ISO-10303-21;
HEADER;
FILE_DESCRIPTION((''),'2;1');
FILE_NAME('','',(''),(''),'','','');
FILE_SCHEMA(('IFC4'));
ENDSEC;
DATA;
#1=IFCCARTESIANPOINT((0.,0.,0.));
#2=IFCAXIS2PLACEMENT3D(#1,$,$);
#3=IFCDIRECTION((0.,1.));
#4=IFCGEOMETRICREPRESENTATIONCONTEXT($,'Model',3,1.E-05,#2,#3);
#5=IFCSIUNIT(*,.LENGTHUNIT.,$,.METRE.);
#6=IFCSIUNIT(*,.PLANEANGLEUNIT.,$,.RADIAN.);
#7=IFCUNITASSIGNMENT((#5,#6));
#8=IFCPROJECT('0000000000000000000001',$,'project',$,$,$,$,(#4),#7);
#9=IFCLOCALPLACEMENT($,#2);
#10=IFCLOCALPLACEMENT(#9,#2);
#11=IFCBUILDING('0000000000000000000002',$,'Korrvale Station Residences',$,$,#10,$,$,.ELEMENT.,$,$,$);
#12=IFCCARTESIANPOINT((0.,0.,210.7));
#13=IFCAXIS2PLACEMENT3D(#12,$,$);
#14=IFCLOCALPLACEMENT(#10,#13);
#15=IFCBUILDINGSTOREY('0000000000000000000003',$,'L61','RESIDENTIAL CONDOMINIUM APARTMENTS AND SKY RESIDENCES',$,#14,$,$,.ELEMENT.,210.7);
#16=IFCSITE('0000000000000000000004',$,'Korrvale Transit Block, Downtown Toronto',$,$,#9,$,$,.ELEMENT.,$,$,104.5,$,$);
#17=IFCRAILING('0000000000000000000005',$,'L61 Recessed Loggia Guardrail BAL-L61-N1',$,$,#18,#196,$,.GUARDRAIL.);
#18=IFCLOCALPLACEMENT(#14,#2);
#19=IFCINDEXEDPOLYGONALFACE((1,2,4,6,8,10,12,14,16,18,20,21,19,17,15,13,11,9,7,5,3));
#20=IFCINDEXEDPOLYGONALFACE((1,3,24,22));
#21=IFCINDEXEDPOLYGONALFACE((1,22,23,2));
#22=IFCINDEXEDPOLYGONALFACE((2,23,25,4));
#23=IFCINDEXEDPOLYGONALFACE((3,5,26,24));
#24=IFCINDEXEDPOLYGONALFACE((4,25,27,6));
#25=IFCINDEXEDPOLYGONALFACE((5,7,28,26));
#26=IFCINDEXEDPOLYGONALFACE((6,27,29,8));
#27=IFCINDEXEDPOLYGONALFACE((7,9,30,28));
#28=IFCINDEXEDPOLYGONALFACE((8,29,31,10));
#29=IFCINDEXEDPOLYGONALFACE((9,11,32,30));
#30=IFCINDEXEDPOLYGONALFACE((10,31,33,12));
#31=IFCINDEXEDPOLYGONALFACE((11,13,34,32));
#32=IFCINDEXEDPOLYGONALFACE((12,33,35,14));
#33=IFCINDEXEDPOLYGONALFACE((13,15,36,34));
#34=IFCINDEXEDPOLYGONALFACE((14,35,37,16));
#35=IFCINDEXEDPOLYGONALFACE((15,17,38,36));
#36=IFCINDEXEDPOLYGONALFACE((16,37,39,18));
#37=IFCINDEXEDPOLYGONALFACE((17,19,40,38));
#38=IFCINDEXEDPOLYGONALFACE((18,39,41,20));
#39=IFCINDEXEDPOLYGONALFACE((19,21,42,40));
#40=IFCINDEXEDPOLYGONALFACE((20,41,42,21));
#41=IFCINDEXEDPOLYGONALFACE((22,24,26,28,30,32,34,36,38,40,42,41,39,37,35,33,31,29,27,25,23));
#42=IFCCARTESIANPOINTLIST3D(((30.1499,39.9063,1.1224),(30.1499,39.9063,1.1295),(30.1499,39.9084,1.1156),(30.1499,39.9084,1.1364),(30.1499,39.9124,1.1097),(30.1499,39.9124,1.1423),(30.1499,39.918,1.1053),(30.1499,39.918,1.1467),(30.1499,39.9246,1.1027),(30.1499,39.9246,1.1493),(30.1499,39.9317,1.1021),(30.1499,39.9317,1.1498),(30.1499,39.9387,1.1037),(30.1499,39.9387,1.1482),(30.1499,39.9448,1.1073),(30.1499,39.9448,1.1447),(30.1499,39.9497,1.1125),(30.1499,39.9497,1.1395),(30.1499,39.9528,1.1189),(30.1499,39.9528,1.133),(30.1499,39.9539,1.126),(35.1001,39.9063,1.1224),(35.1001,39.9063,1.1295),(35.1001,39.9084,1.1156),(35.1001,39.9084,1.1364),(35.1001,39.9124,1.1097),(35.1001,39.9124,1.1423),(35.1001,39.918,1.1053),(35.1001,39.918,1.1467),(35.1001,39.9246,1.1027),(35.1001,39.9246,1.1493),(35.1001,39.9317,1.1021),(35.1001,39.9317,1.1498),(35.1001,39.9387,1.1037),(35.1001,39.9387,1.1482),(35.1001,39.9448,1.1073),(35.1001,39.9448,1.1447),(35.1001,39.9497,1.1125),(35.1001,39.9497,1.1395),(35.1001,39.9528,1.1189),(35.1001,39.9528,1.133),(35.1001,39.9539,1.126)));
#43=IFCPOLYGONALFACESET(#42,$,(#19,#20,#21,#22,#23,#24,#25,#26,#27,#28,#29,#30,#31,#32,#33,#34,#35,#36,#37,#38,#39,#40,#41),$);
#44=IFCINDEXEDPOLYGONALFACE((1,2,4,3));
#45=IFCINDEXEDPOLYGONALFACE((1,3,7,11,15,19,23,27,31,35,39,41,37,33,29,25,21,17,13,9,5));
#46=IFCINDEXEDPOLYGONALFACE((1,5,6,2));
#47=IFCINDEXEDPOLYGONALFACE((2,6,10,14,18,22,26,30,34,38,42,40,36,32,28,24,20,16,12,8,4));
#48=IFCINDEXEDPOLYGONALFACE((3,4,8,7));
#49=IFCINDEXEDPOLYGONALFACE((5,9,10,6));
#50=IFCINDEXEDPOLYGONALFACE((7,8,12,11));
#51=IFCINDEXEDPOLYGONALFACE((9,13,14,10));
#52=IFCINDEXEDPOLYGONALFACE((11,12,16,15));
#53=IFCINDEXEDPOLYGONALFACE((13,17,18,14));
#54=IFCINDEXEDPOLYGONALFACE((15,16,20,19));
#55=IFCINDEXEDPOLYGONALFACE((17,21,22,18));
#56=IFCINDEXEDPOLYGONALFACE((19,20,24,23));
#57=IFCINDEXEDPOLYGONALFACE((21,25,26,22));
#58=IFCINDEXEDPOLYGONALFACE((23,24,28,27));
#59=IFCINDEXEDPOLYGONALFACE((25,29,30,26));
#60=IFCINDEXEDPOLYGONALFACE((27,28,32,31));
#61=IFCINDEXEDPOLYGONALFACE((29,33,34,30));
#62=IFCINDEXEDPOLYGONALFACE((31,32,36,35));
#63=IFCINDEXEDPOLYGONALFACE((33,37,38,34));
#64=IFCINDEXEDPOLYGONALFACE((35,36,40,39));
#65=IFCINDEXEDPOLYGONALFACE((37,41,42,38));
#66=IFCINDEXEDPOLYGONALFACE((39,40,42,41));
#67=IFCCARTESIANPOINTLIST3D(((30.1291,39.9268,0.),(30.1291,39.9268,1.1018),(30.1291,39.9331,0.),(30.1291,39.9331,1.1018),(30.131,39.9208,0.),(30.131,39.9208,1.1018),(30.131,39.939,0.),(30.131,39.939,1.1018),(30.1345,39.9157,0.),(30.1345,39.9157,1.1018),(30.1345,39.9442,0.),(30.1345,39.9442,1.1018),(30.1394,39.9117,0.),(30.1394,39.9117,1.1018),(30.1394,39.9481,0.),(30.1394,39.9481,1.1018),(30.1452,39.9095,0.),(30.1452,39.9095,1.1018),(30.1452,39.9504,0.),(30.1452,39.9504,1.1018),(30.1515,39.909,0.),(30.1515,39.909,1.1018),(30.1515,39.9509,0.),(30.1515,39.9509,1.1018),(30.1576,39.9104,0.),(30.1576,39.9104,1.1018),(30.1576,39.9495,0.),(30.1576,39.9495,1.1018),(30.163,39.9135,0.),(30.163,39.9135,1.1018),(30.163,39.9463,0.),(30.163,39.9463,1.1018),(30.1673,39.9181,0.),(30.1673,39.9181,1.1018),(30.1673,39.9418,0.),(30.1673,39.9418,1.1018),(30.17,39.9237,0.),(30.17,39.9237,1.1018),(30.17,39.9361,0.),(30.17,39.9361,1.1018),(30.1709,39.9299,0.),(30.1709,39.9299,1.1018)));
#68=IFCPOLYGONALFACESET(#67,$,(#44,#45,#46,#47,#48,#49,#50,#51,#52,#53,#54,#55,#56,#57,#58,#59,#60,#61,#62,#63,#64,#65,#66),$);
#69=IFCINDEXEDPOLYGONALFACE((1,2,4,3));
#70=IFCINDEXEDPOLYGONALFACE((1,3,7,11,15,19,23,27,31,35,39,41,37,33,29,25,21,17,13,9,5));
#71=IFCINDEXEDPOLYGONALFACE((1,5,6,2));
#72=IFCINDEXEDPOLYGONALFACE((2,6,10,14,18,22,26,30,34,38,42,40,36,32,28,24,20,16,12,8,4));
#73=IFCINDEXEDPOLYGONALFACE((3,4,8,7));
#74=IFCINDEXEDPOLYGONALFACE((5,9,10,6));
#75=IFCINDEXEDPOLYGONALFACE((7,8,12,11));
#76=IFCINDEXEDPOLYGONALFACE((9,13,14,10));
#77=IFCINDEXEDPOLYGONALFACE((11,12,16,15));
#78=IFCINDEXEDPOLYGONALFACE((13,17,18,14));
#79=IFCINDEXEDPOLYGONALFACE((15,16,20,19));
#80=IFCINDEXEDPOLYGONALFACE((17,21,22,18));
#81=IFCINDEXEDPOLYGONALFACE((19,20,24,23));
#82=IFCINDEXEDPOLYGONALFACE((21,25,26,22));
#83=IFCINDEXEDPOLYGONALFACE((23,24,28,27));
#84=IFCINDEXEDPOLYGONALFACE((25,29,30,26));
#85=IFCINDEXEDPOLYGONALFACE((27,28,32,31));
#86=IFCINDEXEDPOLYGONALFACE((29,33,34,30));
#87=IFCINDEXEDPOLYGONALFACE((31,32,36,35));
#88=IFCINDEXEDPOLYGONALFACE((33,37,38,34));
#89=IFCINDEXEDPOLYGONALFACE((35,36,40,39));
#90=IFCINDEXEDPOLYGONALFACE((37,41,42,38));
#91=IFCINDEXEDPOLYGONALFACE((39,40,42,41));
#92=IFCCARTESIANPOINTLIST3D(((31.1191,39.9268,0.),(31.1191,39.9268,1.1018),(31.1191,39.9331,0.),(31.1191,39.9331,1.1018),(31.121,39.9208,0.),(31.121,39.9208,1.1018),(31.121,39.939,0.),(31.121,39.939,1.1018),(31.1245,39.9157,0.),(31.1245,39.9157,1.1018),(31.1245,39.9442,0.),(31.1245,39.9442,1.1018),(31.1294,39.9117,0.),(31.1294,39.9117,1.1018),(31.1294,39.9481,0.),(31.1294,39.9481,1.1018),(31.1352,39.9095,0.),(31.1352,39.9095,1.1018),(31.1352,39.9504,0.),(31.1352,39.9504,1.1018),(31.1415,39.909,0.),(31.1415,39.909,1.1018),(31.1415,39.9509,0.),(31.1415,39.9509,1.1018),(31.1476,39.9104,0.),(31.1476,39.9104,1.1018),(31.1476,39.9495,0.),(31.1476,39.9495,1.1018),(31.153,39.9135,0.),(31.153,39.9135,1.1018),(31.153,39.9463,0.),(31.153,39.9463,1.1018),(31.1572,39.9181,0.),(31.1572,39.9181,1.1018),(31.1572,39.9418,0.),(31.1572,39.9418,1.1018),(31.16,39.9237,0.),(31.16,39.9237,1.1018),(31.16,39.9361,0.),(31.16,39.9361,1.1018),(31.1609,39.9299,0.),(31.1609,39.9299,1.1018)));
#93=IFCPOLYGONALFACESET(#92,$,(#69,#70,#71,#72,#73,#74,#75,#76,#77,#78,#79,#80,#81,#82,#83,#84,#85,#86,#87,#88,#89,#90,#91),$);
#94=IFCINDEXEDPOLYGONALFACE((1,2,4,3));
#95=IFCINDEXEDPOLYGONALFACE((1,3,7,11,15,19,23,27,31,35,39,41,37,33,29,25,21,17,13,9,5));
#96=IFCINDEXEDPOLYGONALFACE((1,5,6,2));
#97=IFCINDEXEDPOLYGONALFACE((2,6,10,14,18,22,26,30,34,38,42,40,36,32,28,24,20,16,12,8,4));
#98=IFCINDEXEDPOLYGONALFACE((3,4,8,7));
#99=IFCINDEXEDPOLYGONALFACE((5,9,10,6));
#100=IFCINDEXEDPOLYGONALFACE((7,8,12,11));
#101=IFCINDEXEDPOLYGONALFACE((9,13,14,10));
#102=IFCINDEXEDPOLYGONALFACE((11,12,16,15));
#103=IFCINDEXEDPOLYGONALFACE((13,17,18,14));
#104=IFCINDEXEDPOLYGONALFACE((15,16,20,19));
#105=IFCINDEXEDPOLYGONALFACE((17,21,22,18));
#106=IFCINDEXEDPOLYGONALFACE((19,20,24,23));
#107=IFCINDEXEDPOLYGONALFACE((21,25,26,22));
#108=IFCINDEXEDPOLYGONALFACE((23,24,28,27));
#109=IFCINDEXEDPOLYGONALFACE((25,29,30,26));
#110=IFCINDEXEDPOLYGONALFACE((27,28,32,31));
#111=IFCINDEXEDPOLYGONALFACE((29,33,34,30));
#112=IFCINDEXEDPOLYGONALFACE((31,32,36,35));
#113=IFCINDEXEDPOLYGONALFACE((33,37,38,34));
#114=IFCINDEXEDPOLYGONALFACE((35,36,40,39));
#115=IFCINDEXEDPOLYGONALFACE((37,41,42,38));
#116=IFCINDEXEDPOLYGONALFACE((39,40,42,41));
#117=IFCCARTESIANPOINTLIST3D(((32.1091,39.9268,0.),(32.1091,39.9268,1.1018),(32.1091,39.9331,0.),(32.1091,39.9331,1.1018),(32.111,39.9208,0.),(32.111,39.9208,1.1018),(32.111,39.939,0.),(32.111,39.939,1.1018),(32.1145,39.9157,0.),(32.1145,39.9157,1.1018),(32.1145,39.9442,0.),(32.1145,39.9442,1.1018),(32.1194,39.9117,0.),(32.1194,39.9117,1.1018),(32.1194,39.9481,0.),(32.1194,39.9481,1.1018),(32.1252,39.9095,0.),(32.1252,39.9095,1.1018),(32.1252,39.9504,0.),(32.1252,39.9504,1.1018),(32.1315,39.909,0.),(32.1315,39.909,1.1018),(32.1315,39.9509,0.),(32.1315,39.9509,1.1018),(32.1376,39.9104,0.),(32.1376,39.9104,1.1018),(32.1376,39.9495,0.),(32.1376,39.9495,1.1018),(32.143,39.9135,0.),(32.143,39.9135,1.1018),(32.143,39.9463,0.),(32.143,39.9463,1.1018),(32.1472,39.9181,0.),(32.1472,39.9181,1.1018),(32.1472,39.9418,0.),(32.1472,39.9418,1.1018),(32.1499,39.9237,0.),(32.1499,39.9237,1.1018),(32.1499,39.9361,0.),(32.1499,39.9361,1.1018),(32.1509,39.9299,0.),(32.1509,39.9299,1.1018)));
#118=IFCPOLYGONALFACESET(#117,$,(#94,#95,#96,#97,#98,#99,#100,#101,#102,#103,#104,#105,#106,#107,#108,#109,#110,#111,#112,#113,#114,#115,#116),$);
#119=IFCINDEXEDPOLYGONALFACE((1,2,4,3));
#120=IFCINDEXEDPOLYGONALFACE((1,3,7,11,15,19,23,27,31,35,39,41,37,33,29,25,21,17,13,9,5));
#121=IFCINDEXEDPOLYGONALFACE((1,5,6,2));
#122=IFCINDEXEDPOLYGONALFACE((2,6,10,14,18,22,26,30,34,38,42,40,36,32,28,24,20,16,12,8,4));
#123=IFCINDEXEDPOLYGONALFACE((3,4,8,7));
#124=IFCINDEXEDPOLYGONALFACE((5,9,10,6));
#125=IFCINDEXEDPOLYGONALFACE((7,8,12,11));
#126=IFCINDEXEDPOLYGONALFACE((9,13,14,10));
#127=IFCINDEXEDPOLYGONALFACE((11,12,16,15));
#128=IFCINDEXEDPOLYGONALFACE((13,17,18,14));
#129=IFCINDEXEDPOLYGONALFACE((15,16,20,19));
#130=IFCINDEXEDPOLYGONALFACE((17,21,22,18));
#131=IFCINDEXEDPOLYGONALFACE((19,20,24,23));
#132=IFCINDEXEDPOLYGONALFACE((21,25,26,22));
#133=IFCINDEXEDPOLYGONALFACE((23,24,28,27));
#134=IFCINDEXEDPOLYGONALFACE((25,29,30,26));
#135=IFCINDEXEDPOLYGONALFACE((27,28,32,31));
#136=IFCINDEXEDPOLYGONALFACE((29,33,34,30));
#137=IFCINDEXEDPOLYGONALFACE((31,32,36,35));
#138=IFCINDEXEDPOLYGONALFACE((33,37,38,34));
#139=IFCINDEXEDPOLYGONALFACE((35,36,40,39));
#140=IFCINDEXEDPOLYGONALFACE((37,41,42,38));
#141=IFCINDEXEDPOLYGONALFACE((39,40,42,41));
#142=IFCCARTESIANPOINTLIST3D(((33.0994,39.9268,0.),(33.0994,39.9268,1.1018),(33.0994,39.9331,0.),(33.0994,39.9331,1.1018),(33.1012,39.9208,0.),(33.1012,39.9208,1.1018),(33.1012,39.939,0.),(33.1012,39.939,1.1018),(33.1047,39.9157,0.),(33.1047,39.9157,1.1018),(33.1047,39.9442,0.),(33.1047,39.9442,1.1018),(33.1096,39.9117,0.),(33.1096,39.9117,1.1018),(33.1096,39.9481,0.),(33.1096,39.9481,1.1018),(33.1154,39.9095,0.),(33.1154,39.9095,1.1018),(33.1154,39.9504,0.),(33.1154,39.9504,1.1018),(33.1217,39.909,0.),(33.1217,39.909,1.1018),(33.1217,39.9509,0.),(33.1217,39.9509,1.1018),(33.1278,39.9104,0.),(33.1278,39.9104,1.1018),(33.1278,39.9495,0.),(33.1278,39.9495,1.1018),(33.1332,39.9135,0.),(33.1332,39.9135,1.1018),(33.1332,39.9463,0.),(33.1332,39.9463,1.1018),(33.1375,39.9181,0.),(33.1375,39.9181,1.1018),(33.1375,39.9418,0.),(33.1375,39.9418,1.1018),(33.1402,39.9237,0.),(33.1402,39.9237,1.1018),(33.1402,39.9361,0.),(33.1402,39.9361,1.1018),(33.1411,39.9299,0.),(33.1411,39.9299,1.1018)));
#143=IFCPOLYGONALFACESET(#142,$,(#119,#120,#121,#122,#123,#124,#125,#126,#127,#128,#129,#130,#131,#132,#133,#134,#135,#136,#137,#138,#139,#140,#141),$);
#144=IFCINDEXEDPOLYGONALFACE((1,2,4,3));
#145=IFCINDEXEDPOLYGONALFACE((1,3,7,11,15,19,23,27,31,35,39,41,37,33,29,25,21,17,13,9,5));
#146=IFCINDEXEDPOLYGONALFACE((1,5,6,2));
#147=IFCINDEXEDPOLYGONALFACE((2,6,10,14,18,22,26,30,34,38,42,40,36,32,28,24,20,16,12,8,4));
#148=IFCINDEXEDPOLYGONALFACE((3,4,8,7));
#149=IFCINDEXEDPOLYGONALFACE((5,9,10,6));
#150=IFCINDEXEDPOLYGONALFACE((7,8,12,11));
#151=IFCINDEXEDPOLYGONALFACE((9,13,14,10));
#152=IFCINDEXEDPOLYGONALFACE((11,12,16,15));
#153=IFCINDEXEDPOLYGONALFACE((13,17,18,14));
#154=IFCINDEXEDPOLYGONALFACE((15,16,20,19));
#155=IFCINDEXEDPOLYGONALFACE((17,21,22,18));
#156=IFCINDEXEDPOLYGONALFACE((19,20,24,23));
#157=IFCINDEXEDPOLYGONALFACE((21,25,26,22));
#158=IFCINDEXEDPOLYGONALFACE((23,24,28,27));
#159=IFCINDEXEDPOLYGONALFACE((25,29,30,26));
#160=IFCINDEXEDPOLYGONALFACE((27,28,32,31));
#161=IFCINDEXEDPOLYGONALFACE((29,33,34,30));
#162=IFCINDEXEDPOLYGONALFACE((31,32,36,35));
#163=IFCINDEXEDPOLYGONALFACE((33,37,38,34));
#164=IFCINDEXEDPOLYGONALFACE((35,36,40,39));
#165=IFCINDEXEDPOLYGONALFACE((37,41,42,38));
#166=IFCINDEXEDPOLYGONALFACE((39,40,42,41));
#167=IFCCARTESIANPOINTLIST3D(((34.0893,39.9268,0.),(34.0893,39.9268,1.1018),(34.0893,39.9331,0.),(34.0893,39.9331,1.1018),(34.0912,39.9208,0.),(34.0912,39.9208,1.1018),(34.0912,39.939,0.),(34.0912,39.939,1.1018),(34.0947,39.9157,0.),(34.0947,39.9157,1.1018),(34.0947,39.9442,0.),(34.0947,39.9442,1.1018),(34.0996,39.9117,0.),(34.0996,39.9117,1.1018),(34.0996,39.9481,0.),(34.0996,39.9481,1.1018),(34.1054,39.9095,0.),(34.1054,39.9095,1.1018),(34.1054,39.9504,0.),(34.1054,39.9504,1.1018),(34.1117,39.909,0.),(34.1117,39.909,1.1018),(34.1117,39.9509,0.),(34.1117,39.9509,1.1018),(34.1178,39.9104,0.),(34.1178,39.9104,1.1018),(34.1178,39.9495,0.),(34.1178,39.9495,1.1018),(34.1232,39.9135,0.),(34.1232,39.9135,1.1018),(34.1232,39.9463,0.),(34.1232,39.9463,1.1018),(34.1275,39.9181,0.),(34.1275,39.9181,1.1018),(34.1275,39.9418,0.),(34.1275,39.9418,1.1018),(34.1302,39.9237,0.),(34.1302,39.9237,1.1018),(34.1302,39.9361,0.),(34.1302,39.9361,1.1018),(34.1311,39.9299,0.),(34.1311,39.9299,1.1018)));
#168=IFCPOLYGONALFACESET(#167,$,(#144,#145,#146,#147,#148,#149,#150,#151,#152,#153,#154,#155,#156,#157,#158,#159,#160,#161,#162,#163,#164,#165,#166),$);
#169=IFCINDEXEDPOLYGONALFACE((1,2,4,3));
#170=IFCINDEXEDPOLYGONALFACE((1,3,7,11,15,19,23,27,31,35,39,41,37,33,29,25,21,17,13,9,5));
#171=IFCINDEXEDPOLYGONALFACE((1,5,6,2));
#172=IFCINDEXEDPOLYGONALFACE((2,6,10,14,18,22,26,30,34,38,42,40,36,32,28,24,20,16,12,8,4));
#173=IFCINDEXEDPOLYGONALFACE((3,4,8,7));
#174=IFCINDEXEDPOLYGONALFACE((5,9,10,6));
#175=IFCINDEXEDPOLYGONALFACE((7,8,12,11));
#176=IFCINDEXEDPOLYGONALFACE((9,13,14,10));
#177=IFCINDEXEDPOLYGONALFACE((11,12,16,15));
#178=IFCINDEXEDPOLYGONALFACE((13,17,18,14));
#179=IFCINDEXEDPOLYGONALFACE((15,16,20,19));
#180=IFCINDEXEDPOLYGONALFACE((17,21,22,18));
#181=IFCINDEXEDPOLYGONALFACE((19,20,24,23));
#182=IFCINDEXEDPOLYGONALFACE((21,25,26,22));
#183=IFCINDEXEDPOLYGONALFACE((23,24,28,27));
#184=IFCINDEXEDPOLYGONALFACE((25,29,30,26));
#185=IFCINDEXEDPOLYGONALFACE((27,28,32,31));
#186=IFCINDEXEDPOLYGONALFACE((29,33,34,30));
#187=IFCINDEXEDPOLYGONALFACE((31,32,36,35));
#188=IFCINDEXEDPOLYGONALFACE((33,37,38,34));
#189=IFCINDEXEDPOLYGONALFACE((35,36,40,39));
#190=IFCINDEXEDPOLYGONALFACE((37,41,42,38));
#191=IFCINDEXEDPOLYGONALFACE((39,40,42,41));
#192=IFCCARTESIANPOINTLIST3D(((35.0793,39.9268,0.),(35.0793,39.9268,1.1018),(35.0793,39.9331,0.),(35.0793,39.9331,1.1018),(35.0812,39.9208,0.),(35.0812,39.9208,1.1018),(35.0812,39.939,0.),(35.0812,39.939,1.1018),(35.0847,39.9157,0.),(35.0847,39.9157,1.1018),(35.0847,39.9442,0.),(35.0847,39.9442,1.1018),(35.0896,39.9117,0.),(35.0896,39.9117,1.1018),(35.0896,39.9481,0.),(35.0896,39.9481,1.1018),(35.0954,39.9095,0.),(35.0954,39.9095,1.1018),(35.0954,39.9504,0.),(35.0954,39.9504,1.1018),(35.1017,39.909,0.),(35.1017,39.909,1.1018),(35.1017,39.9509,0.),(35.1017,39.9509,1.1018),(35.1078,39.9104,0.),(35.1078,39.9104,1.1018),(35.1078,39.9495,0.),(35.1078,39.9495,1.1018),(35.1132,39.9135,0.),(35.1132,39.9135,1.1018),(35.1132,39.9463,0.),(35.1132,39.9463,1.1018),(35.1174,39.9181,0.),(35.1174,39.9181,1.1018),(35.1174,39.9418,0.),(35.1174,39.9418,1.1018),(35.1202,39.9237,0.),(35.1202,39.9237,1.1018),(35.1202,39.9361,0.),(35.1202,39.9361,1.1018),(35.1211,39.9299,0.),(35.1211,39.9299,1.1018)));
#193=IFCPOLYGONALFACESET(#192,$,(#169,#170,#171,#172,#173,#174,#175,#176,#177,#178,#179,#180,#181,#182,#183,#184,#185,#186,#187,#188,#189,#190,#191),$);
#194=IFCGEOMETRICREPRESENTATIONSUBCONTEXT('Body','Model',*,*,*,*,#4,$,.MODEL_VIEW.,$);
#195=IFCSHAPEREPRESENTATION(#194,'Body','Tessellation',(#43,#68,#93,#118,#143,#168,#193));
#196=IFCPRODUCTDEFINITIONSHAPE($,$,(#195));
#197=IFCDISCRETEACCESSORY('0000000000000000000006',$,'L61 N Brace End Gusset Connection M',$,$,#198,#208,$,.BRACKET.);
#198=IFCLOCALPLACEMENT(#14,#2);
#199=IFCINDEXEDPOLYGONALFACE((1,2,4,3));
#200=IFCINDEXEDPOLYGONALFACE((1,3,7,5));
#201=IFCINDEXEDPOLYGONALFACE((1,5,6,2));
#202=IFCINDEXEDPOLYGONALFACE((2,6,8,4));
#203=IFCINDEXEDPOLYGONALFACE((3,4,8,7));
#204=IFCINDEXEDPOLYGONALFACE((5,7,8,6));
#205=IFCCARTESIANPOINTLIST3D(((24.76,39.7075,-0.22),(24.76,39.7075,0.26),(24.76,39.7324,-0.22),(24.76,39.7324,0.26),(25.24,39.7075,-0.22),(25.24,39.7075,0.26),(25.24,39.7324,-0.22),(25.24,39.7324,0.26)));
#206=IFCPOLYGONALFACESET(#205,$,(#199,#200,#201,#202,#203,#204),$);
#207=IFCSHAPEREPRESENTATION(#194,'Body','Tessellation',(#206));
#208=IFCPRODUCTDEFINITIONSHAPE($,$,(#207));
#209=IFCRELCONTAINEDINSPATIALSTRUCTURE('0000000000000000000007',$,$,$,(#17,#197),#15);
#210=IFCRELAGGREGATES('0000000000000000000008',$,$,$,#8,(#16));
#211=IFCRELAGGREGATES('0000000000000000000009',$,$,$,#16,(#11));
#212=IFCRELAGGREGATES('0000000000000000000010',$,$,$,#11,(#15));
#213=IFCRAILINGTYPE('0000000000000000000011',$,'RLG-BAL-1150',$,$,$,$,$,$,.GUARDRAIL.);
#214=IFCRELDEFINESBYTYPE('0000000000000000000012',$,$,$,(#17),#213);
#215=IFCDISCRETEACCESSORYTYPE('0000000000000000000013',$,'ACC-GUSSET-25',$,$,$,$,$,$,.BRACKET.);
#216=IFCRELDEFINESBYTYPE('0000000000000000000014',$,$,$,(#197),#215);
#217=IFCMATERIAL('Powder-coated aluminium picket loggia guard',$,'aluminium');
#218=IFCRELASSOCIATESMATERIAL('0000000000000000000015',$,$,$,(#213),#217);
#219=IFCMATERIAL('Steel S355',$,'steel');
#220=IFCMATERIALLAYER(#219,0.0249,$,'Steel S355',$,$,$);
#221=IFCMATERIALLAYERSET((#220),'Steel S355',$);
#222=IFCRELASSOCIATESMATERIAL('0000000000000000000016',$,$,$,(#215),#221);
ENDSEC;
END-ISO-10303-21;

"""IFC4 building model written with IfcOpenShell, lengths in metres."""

from ifc_helpers import new_model, si_unit, direction, frame, origin, origin_2d, place, context, subcontext, project, spatial, rectangle, circle, extrude, material, layer, layer_set, type_object, element, save


model = new_model("IFC4")

# Units and contexts
model_context = context("Model", 3, precision=1e-05, world=origin(), true_north=direction((0.0, 1.0)))
body_context = subcontext(model_context, "Body", "Model", "MODEL_VIEW")
ifc_project = project(units=[si_unit("LENGTHUNIT", "METRE"), si_unit("PLANEANGLEUNIT", "RADIAN")], contexts=[model_context])

# Site, building, storey
site_placement = place(None, origin())
site = spatial("IfcSite", under=ifc_project, at=site_placement, Name="Korrvale Transit Block, Downtown Toronto", CompositionType="ELEMENT", RefElevation=104.5)
building_placement = place(site_placement, origin())
building = spatial("IfcBuilding", under=site, at=building_placement, Name="Korrvale Station Residences", CompositionType="ELEMENT")
storey_placement = place(building_placement, frame((0.0, 0.0, 210.7)))
storey = spatial("IfcBuildingStorey", under=building, at=storey_placement, Name="L61", Description="RESIDENTIAL CONDOMINIUM APARTMENTS AND SKY RESIDENCES", CompositionType="ELEMENT", Elevation=210.7)

# Shared definitions
ifc_material_1 = material(Name="Steel S355", Category="steel")

# Railing
ifc_material_2 = material(Name="Powder-coated aluminium picket loggia guard", Category="aluminium")
railing_type = type_object("IfcRailingType", Name="RLG-BAL-1150", PredefinedType="GUARDRAIL", material=ifc_material_2)
railing_placement = place(storey_placement, frame((30.1499, 39.9299, 0.0)))
element("IfcRailing", 1, at=railing_placement, inside=storey, type_object=railing_type, Name="L61 Recessed Loggia Guardrail BAL-L61-N1", PredefinedType="GUARDRAIL", context=body_context, shape_type="SweptSolid", body=[
    extrude(circle(Radius=0.0239, at=origin_2d()), frame((0.0, 0.0, 1.126), z_axis=(1.0, 0.0, 0.0), x_axis=(0.0, 1.0, 0.0)), (0.0, 0.0, 1.0), 4.9502),
    extrude(circle(Radius=0.021, at=origin_2d()), origin(), (0.0, 0.0, 1.0), 1.1018),
    extrude(circle(Radius=0.021, at=origin_2d()), frame((0.99, 0.0, 0.0)), (0.0, 0.0, 1.0), 1.1018),
    extrude(circle(Radius=0.021, at=origin_2d()), frame((1.98, 0.0, 0.0)), (0.0, 0.0, 1.0), 1.1018),
    extrude(circle(Radius=0.021, at=origin_2d()), frame((2.9702, 0.0, 0.0)), (0.0, 0.0, 1.0), 1.1018),
    extrude(circle(Radius=0.021, at=origin_2d()), frame((3.9602, 0.0, 0.0)), (0.0, 0.0, 1.0), 1.1018),
    extrude(circle(Radius=0.021, at=origin_2d()), frame((4.9502, 0.0, 0.0)), (0.0, 0.0, 1.0), 1.1018),
])

# Discrete accessory
ifc_layer_1 = layer(ifc_material_1, 0.0249, Name="Steel S355")
ifc_layer_set_1 = layer_set([ifc_layer_1], Name="Steel S355")
discrete_accessory_type = type_object("IfcDiscreteAccessoryType", Name="ACC-GUSSET-25", PredefinedType="BRACKET", material=ifc_layer_set_1)
for number, where, z_axis, x_axis, name in (
    (2, (25.0, 39.72, -0.22), (0.0, 0.0, 1.0), (1.0, 0.0, 0.0), "L61 N Brace End Gusset Connection M"),
):
    element("IfcDiscreteAccessory", number, at=place(storey_placement, frame(where, z_axis=z_axis, x_axis=x_axis)), inside=storey, type_object=discrete_accessory_type, Name=name, PredefinedType="BRACKET", context=body_context, shape_type="SweptSolid", body=[
        extrude(rectangle(XDim=0.48, YDim=0.0249, at=origin_2d()), origin(), (0.0, 0.0, 1.0), 0.48),
    ])

save(model, "model.ifc")
